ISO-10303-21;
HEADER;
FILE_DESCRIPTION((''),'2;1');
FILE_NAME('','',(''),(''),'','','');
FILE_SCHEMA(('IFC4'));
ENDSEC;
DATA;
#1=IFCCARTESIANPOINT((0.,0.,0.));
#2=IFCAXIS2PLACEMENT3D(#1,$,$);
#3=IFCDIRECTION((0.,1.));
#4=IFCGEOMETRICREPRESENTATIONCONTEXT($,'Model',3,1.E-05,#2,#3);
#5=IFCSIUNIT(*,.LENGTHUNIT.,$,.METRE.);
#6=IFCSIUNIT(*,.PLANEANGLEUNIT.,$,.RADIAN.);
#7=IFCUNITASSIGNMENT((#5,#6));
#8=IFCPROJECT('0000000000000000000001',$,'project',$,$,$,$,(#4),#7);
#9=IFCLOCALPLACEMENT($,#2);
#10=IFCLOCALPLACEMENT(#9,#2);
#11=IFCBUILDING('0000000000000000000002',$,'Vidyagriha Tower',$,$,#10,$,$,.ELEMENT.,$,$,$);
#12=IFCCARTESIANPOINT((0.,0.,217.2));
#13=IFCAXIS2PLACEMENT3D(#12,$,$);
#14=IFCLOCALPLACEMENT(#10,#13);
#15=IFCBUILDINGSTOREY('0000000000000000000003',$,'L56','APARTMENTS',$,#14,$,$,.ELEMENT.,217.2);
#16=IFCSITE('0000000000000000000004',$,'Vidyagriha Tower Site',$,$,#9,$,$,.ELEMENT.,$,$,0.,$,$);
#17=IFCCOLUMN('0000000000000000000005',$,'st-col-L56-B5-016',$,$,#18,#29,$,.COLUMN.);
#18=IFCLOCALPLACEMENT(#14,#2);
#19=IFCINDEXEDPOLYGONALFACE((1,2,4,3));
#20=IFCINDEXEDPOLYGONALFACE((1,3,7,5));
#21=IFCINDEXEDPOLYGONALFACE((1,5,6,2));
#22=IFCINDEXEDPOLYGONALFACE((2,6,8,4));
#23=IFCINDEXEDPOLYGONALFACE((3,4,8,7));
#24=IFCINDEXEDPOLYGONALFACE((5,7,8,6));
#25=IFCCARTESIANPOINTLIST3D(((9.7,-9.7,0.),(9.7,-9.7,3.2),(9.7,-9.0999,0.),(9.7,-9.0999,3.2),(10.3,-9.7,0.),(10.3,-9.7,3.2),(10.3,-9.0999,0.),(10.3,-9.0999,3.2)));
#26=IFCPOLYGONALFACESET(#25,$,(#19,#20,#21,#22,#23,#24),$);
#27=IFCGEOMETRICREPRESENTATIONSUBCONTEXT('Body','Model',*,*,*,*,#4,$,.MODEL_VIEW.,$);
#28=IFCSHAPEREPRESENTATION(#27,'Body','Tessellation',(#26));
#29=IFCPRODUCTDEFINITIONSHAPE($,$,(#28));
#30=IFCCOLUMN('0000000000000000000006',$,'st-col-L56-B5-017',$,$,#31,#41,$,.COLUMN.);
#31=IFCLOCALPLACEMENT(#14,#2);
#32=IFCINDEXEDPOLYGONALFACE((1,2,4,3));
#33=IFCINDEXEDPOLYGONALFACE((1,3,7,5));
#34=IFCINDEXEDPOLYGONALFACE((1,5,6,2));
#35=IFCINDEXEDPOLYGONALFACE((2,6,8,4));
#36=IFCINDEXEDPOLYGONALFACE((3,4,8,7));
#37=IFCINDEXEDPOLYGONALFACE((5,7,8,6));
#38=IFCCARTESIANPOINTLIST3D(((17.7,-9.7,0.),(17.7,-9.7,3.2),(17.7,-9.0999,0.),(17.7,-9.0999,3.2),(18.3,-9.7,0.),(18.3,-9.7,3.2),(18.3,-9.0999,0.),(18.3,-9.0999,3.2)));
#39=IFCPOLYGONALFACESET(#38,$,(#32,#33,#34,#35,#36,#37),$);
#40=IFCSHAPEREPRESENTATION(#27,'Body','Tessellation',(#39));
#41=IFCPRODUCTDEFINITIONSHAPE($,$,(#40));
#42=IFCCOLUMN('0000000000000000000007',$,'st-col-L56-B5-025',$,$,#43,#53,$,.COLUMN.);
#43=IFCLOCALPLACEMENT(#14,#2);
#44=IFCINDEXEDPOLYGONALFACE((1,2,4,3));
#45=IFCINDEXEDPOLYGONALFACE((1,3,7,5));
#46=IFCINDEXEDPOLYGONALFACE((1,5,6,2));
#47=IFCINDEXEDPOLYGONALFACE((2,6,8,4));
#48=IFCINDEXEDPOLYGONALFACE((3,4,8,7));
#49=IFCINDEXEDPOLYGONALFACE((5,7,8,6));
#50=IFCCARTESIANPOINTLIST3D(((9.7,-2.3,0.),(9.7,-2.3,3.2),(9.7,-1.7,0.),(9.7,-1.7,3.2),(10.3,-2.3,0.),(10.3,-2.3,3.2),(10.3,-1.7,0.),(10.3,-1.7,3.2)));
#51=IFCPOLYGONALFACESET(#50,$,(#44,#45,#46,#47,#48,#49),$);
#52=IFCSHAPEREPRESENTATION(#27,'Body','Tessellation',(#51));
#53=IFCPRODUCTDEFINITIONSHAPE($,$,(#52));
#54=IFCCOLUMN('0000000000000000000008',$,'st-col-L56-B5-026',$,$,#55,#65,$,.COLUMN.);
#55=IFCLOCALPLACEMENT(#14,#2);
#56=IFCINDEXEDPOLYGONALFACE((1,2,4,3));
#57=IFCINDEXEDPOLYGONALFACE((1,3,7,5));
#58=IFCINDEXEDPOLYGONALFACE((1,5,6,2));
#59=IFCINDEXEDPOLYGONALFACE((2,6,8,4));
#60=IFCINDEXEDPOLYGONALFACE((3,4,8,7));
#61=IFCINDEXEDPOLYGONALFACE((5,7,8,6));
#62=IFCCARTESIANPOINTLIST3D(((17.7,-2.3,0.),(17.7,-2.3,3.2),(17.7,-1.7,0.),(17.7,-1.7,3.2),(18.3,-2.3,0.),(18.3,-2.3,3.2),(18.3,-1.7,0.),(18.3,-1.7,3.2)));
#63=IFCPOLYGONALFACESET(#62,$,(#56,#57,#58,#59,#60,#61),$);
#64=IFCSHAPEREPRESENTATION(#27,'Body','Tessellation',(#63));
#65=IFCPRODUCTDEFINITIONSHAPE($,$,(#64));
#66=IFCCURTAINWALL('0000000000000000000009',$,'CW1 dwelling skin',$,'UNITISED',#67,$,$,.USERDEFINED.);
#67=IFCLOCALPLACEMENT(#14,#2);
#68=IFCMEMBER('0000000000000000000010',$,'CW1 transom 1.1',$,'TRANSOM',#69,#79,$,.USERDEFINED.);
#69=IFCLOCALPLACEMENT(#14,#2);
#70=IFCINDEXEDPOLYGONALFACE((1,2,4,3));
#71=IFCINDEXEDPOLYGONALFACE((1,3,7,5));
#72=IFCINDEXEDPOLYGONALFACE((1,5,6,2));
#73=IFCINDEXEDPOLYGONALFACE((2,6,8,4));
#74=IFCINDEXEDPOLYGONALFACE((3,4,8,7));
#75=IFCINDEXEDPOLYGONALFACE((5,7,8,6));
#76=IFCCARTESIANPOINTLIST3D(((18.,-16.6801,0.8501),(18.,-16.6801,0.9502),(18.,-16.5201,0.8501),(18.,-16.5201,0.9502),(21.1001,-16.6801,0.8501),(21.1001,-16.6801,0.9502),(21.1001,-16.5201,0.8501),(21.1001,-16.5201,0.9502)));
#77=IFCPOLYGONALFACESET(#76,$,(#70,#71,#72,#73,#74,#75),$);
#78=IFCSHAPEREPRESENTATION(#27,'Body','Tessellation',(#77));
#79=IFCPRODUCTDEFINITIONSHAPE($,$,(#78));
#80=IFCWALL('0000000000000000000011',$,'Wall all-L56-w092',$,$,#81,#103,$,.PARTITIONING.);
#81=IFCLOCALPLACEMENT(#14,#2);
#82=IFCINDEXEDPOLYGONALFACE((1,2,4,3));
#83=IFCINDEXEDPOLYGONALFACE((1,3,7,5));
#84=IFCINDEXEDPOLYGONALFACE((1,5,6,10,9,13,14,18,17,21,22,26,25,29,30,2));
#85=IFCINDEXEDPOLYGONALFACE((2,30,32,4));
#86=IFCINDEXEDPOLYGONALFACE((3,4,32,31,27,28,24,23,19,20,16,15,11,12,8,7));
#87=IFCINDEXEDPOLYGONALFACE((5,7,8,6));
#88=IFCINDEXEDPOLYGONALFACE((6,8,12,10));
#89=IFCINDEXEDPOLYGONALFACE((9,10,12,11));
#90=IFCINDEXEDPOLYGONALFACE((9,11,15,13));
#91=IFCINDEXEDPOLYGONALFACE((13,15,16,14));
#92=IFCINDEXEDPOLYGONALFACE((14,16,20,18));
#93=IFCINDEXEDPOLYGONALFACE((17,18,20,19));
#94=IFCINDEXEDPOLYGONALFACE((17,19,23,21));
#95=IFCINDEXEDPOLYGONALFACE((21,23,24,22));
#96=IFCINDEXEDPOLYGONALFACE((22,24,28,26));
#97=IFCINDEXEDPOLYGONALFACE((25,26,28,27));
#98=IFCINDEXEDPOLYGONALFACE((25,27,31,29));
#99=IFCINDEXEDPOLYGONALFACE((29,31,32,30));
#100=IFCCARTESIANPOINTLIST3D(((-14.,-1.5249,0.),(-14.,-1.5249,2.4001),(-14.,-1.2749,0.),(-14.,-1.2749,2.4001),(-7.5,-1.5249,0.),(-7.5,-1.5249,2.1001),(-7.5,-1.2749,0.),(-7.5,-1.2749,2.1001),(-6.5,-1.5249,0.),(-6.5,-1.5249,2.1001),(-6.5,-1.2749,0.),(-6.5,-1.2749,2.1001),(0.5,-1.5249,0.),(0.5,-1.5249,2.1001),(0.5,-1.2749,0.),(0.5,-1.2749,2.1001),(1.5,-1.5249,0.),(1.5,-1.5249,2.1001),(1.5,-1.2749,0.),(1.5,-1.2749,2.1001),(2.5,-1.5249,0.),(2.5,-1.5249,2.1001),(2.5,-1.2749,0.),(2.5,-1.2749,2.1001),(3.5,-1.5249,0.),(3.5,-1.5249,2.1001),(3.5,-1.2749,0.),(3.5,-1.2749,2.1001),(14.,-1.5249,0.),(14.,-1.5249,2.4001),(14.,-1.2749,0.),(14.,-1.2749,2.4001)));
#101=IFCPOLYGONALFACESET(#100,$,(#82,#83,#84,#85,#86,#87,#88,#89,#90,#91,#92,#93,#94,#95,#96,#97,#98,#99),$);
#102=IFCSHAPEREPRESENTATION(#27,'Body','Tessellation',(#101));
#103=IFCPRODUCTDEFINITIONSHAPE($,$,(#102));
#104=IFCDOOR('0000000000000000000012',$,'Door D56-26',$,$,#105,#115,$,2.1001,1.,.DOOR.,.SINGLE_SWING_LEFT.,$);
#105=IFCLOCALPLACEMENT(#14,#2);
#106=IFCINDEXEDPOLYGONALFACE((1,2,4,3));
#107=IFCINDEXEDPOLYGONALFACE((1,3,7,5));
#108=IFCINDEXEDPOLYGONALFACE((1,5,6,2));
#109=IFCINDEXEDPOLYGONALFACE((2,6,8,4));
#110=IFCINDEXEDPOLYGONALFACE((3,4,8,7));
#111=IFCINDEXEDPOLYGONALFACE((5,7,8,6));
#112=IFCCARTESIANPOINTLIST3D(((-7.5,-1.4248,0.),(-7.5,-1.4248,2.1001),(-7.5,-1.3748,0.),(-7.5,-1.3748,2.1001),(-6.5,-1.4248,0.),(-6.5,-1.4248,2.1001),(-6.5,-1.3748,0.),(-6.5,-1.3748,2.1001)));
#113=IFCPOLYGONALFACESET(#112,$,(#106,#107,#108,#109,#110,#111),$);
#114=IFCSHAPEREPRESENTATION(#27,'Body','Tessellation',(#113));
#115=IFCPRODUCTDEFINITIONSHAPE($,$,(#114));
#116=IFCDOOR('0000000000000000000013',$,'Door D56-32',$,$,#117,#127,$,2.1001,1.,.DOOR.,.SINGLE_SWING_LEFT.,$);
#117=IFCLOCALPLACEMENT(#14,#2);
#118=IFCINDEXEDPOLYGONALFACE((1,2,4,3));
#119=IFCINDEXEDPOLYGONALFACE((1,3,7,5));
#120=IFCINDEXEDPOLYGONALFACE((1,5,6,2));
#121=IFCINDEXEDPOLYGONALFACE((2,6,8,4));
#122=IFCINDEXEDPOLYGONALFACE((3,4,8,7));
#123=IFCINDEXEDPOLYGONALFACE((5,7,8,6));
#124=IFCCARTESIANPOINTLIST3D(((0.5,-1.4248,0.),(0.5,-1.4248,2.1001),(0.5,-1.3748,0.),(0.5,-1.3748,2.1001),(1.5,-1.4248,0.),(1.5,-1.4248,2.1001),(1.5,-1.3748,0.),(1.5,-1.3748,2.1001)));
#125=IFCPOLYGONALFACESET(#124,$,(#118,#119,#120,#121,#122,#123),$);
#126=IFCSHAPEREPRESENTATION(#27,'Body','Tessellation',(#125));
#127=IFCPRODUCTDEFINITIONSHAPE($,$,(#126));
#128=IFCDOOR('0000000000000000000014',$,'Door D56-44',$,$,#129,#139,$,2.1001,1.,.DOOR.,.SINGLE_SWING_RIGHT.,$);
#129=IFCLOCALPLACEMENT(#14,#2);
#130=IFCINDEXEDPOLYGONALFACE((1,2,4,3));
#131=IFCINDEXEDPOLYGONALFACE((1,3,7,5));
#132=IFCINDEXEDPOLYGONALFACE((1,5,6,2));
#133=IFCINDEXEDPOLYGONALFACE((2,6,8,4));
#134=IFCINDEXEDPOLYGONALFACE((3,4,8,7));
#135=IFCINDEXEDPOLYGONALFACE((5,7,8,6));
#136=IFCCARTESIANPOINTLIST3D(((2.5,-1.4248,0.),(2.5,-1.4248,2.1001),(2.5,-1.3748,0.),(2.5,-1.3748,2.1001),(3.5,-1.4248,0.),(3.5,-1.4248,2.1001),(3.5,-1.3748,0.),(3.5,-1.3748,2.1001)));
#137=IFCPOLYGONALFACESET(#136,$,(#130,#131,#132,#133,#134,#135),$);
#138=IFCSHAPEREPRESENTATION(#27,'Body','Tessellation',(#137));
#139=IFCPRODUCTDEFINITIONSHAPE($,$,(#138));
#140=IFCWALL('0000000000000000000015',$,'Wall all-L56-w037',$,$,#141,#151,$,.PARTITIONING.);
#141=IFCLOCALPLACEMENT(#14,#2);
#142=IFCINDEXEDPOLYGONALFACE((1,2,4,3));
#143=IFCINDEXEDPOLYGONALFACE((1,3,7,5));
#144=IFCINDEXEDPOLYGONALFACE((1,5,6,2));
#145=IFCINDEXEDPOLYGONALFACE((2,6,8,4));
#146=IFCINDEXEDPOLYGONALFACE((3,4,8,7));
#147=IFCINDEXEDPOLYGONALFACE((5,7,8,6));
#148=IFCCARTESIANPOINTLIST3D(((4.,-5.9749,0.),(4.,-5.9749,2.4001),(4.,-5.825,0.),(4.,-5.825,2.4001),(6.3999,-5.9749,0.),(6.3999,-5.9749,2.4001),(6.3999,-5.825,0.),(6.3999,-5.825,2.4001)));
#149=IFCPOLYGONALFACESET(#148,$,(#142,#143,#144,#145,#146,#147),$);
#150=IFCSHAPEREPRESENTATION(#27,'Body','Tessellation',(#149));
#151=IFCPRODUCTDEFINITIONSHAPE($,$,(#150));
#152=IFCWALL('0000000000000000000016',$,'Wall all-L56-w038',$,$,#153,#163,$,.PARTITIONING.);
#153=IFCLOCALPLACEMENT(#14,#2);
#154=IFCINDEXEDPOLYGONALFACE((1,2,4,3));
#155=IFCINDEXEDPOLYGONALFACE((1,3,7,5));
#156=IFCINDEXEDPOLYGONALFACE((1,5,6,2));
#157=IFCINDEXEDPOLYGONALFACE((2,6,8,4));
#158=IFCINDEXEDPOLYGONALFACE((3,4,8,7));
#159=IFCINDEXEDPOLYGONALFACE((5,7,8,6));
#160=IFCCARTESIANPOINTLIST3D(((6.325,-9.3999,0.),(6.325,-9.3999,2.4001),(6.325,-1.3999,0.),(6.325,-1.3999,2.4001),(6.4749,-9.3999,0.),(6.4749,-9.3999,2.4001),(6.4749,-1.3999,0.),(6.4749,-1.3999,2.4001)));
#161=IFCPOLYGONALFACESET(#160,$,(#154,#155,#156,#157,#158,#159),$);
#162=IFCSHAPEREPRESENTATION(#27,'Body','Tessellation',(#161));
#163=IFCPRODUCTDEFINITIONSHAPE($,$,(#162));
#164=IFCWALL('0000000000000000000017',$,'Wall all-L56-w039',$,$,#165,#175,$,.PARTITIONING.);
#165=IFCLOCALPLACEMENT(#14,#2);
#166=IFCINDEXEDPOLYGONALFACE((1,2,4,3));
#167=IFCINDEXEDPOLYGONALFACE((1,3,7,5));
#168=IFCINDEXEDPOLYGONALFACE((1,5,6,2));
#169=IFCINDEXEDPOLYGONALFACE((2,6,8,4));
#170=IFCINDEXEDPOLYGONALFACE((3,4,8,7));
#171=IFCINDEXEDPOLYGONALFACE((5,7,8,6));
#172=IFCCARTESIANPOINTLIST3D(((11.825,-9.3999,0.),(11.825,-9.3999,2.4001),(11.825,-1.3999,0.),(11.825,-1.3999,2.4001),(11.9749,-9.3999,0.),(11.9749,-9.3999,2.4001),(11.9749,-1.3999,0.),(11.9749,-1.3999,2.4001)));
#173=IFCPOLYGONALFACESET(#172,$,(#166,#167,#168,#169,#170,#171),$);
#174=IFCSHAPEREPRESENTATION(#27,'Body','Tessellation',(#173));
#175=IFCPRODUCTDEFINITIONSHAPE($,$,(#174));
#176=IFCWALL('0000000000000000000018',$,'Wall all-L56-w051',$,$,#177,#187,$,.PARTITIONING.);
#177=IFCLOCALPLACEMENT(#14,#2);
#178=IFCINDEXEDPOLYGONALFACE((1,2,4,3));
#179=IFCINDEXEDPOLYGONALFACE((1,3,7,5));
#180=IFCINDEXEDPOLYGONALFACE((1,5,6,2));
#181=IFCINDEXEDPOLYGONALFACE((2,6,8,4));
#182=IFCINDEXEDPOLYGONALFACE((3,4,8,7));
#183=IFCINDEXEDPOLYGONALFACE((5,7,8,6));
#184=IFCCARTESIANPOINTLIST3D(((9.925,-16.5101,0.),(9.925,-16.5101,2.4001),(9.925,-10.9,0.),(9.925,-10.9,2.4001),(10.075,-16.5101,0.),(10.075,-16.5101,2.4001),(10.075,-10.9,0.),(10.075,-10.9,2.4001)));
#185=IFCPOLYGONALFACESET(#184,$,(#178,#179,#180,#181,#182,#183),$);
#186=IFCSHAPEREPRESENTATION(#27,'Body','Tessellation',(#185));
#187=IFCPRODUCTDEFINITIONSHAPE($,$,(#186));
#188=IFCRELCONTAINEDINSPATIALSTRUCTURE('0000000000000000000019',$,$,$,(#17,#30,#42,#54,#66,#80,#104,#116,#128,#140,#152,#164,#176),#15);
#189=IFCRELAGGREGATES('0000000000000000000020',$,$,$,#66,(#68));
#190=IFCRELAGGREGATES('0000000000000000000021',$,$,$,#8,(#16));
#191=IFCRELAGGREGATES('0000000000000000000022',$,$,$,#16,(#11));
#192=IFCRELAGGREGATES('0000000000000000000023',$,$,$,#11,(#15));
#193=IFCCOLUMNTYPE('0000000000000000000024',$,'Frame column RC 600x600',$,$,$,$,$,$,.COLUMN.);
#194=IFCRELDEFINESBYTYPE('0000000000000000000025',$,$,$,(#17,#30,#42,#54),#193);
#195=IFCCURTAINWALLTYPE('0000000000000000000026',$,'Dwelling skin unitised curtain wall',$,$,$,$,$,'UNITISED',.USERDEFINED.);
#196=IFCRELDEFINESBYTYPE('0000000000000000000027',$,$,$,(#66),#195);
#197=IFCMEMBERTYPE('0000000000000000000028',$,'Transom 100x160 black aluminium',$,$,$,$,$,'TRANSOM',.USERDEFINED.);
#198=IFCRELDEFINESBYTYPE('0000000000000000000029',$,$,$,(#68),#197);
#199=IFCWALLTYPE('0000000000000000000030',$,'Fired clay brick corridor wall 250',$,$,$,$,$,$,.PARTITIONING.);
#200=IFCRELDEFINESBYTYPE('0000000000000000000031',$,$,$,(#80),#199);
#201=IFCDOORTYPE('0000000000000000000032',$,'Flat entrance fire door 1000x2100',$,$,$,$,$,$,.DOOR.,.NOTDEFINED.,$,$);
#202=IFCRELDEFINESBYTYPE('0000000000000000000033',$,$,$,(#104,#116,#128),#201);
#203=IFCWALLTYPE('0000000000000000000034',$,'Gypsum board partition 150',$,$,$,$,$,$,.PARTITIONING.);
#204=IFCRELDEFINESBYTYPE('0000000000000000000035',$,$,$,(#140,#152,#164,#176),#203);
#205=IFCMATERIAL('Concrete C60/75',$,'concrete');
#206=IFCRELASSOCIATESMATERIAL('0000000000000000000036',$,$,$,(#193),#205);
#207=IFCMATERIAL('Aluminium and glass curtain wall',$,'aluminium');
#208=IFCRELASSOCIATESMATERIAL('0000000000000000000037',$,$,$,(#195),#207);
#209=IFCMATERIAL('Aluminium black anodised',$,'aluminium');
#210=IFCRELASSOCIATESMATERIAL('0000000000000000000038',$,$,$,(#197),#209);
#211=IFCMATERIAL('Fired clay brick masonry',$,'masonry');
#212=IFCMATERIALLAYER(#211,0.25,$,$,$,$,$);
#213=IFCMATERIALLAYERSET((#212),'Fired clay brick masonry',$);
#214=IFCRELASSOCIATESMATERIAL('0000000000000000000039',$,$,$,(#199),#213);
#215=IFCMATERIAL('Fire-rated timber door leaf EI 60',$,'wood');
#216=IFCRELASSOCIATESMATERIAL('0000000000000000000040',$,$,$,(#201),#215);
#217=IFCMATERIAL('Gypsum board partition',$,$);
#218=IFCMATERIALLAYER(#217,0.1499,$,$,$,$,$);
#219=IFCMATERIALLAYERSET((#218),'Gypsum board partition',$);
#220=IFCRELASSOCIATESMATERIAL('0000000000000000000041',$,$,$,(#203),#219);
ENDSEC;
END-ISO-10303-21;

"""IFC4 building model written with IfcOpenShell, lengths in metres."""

from ifc_helpers import new_model, si_unit, direction, frame, frame_2d, origin, origin_2d, place, context, subcontext, project, spatial, rectangle, extrude, material, layer, layer_set, material_profile, profile_set, type_object, element, fill, aggregate, save


model = new_model("IFC4")

# Units and contexts
model_context = context("Model", 3, precision=1e-05, world=origin(), true_north=direction((0.0, 1.0)))
body_context = subcontext(model_context, "Body", "Model", "MODEL_VIEW")
ifc_project = project(units=[si_unit("LENGTHUNIT", "METRE"), si_unit("PLANEANGLEUNIT", "RADIAN")], contexts=[model_context])

# Site, building, storey
site_placement = place(None, origin())
site = spatial("IfcSite", under=ifc_project, at=site_placement, Name="Vidyagriha Tower Site", CompositionType="ELEMENT", RefElevation=0.0)
building_placement = place(site_placement, origin())
building = spatial("IfcBuilding", under=site, at=building_placement, Name="Vidyagriha Tower", CompositionType="ELEMENT")
storey_placement = place(building_placement, frame((0.0, 0.0, 217.2)))
storey = spatial("IfcBuildingStorey", under=building, at=storey_placement, Name="L56", Description="APARTMENTS", CompositionType="ELEMENT", Elevation=217.2)

# Columns
ifc_material_1 = material(Name="Concrete C60/75", Category="concrete")
ifc_material_profile_1 = material_profile(ifc_material_1, rectangle(XDim=0.6001, YDim=0.6001, at=origin_2d()), Name="RC 600x600")
ifc_profile_set_1 = profile_set([ifc_material_profile_1], Name="Concrete C60/75")
column_type = type_object("IfcColumnType", Name="Frame column RC 600x600", PredefinedType="COLUMN", material=ifc_profile_set_1)
for number, where, name in (
    (1, (10.0, -9.3999, 0.0), "st-col-L56-B5-016"),
    (2, (18.0, -9.3999, 0.0), "st-col-L56-B5-017"),
    (3, (10.0, -2.0, 0.0), "st-col-L56-B5-025"),
    (4, (18.0, -2.0, 0.0), "st-col-L56-B5-026"),
):
    element("IfcColumn", number, at=place(storey_placement, frame(where)), inside=storey, type_object=column_type, Name=name, PredefinedType="COLUMN", context=body_context, shape_type="SweptSolid", body=[
        extrude(rectangle(XDim=0.6001, YDim=0.6001, at=origin_2d()), origin(), (0.0, 0.0, 1.0), 3.2),
    ])

# Curtain wall, member
ifc_material_2 = material(Name="Aluminium and glass curtain wall", Category="aluminium")
curtain_wall_type = type_object("IfcCurtainWallType", Name="Dwelling skin unitised curtain wall", ElementType="UNITISED", PredefinedType="USERDEFINED", material=ifc_material_2)
curtain_wall_placement = place(storey_placement, origin())
curtain_wall = element("IfcCurtainWall", 5, at=curtain_wall_placement, inside=storey, type_object=curtain_wall_type, Name="CW1 dwelling skin", ObjectType="UNITISED", PredefinedType="USERDEFINED")
ifc_material_3 = material(Name="Aluminium black anodised", Category="aluminium")
ifc_material_profile_2 = material_profile(ifc_material_3, rectangle(XDim=0.1599, YDim=0.1001, at=origin_2d()), Name="Transom 100x160 black aluminium")
ifc_profile_set_2 = profile_set([ifc_material_profile_2], Name="Aluminium black anodised")
member_type = type_object("IfcMemberType", Name="Transom 100x160 black aluminium", ElementType="TRANSOM", PredefinedType="USERDEFINED", material=ifc_profile_set_2)
member_placement = place(storey_placement, frame((18.0, -16.6001, 0.9001), z_axis=(1.0, 0.0, 0.0), x_axis=(0.0, 1.0, 0.0)))
member = element("IfcMember", 6, at=member_placement, type_object=member_type, Name="CW1 transom 1.1", ObjectType="TRANSOM", PredefinedType="USERDEFINED", context=body_context, shape_type="SweptSolid", body=[
    extrude(rectangle(XDim=0.1599, YDim=0.1001, at=origin_2d()), origin(), (0.0, 0.0, 1.0), 3.1001),
])
aggregate(curtain_wall, [member])

# Wall, openings, doors
ifc_material_4 = material(Name="Fired clay brick masonry", Category="masonry")
ifc_layer_1 = layer(ifc_material_4, 0.25)
ifc_layer_set_1 = layer_set([ifc_layer_1], Name="Fired clay brick masonry")
wall_type_1 = type_object("IfcWallType", Name="Fired clay brick corridor wall 250", PredefinedType="PARTITIONING", material=ifc_layer_set_1)
wall_1_placement = place(storey_placement, frame((14.0, -1.3999, 0.0), z_axis=(0.0, 0.0, 1.0), x_axis=(-1.0, 0.0, 0.0)))
wall_1 = element("IfcWall", 7, at=wall_1_placement, inside=storey, type_object=wall_type_1, Name="Wall all-L56-w092", PredefinedType="PARTITIONING", context=body_context, shape_type="SweptSolid", body=[
    extrude(rectangle(XDim=28.0, YDim=0.25, at=frame_2d((14.0, 0.0))), origin(), (0.0, 0.0, 1.0), 2.4001),
])
opening_1_placement = place(wall_1_placement, frame((20.5, 0.0, 0.0)))
opening_1 = element("IfcOpeningElement", 8, at=opening_1_placement, cuts=wall_1, PredefinedType="OPENING", context=body_context, shape_type="SweptSolid", body=[
    extrude(rectangle(XDim=1.0, YDim=2.1001, at=frame_2d((0.5, 1.05))), frame((0.0, 0.135, 0.0), z_axis=(0.0, -1.0, 0.0), x_axis=(1.0, 0.0, 0.0)), (0.0, 0.0, 1.0), 0.27),
])
opening_2_placement = place(wall_1_placement, frame((12.5, 0.0, 0.0)))
opening_2 = element("IfcOpeningElement", 9, at=opening_2_placement, cuts=wall_1, PredefinedType="OPENING", context=body_context, shape_type="SweptSolid", body=[
    extrude(rectangle(XDim=1.0, YDim=2.1001, at=frame_2d((0.5, 1.05))), frame((0.0, 0.135, 0.0), z_axis=(0.0, -1.0, 0.0), x_axis=(1.0, 0.0, 0.0)), (0.0, 0.0, 1.0), 0.27),
])
opening_3_placement = place(wall_1_placement, frame((10.5, 0.0, 0.0)))
opening_3 = element("IfcOpeningElement", 10, at=opening_3_placement, cuts=wall_1, PredefinedType="OPENING", context=body_context, shape_type="SweptSolid", body=[
    extrude(rectangle(XDim=1.0, YDim=2.1001, at=frame_2d((0.5, 1.05))), frame((0.0, 0.135, 0.0), z_axis=(0.0, -1.0, 0.0), x_axis=(1.0, 0.0, 0.0)), (0.0, 0.0, 1.0), 0.27),
])
ifc_material_5 = material(Name="Fire-rated timber door leaf EI 60", Category="wood")
door_type = type_object("IfcDoorType", Name="Flat entrance fire door 1000x2100", OperationType="NOTDEFINED", PredefinedType="DOOR", material=ifc_material_5)
door_1_placement = place(opening_1_placement, origin())
door_1 = element("IfcDoor", 11, at=door_1_placement, inside=storey, type_object=door_type, Name="Door D56-26", OperationType="SINGLE_SWING_LEFT", OverallHeight=2.1001, OverallWidth=1.0, PredefinedType="DOOR", context=body_context, shape_type="SweptSolid", body=[
    extrude(rectangle(XDim=1.0, YDim=2.1001, at=frame_2d((0.5, 1.05))), frame((0.0, 0.0249, 0.0), z_axis=(0.0, -1.0, 0.0), x_axis=(1.0, 0.0, 0.0)), (0.0, 0.0, 1.0), 0.05),
])
fill(opening_1, door_1)
door_2_placement = place(opening_2_placement, origin())
door_2 = element("IfcDoor", 12, at=door_2_placement, inside=storey, type_object=door_type, Name="Door D56-32", OperationType="SINGLE_SWING_LEFT", OverallHeight=2.1001, OverallWidth=1.0, PredefinedType="DOOR", context=body_context, shape_type="SweptSolid", body=[
    extrude(rectangle(XDim=1.0, YDim=2.1001, at=frame_2d((0.5, 1.05))), frame((0.0, 0.0249, 0.0), z_axis=(0.0, -1.0, 0.0), x_axis=(1.0, 0.0, 0.0)), (0.0, 0.0, 1.0), 0.05),
])
fill(opening_2, door_2)
door_3_placement = place(opening_3_placement, origin())
door_3 = element("IfcDoor", 13, at=door_3_placement, inside=storey, type_object=door_type, Name="Door D56-44", OperationType="SINGLE_SWING_RIGHT", OverallHeight=2.1001, OverallWidth=1.0, PredefinedType="DOOR", context=body_context, shape_type="SweptSolid", body=[
    extrude(rectangle(XDim=1.0, YDim=2.1001, at=frame_2d((0.5, 1.05))), frame((0.0, 0.0249, 0.0), z_axis=(0.0, -1.0, 0.0), x_axis=(1.0, 0.0, 0.0)), (0.0, 0.0, 1.0), 0.05),
])
fill(opening_3, door_3)

# Walls
ifc_material_6 = material(Name="Gypsum board partition")
ifc_layer_2 = layer(ifc_material_6, 0.1499)
ifc_layer_set_2 = layer_set([ifc_layer_2], Name="Gypsum board partition")
wall_type_2 = type_object("IfcWallType", Name="Gypsum board partition 150", PredefinedType="PARTITIONING", material=ifc_layer_set_2)
wall_2_placement = place(storey_placement, frame((6.3999, -5.8999, 0.0), z_axis=(0.0, 0.0, 1.0), x_axis=(-1.0, 0.0, 0.0)))
element("IfcWall", 14, at=wall_2_placement, inside=storey, type_object=wall_type_2, Name="Wall all-L56-w037", PredefinedType="PARTITIONING", context=body_context, shape_type="SweptSolid", body=[
    extrude(rectangle(XDim=2.3999, YDim=0.1499, at=frame_2d((1.2, 0.0))), origin(), (0.0, 0.0, 1.0), 2.4001),
])
for number, where, z_axis, x_axis, name in (
    (15, (6.3999, -1.3999, 0.0), (0.0, 0.0, 1.0), (0.0, -1.0, 0.0), "Wall all-L56-w038"),
    (16, (11.8999, -1.3999, 0.0), (0.0, 0.0, 1.0), (0.0, -1.0, 0.0), "Wall all-L56-w039"),
):
    element("IfcWall", number, at=place(storey_placement, frame(where, z_axis=z_axis, x_axis=x_axis)), inside=storey, type_object=wall_type_2, Name=name, PredefinedType="PARTITIONING", context=body_context, shape_type="SweptSolid", body=[
        extrude(rectangle(XDim=8.0, YDim=0.1499, at=frame_2d((4.0, 0.0))), origin(), (0.0, 0.0, 1.0), 2.4001),
    ])
wall_3_placement = place(storey_placement, frame((10.0, -10.8999, 0.0), z_axis=(0.0, 0.0, 1.0), x_axis=(0.0, -1.0, 0.0)))
element("IfcWall", 17, at=wall_3_placement, inside=storey, type_object=wall_type_2, Name="Wall all-L56-w051", PredefinedType="PARTITIONING", context=body_context, shape_type="SweptSolid", body=[
    extrude(rectangle(XDim=5.6101, YDim=0.1499, at=frame_2d((2.8052, 0.0))), origin(), (0.0, 0.0, 1.0), 2.4001),
])

save(model, "model.ifc")
